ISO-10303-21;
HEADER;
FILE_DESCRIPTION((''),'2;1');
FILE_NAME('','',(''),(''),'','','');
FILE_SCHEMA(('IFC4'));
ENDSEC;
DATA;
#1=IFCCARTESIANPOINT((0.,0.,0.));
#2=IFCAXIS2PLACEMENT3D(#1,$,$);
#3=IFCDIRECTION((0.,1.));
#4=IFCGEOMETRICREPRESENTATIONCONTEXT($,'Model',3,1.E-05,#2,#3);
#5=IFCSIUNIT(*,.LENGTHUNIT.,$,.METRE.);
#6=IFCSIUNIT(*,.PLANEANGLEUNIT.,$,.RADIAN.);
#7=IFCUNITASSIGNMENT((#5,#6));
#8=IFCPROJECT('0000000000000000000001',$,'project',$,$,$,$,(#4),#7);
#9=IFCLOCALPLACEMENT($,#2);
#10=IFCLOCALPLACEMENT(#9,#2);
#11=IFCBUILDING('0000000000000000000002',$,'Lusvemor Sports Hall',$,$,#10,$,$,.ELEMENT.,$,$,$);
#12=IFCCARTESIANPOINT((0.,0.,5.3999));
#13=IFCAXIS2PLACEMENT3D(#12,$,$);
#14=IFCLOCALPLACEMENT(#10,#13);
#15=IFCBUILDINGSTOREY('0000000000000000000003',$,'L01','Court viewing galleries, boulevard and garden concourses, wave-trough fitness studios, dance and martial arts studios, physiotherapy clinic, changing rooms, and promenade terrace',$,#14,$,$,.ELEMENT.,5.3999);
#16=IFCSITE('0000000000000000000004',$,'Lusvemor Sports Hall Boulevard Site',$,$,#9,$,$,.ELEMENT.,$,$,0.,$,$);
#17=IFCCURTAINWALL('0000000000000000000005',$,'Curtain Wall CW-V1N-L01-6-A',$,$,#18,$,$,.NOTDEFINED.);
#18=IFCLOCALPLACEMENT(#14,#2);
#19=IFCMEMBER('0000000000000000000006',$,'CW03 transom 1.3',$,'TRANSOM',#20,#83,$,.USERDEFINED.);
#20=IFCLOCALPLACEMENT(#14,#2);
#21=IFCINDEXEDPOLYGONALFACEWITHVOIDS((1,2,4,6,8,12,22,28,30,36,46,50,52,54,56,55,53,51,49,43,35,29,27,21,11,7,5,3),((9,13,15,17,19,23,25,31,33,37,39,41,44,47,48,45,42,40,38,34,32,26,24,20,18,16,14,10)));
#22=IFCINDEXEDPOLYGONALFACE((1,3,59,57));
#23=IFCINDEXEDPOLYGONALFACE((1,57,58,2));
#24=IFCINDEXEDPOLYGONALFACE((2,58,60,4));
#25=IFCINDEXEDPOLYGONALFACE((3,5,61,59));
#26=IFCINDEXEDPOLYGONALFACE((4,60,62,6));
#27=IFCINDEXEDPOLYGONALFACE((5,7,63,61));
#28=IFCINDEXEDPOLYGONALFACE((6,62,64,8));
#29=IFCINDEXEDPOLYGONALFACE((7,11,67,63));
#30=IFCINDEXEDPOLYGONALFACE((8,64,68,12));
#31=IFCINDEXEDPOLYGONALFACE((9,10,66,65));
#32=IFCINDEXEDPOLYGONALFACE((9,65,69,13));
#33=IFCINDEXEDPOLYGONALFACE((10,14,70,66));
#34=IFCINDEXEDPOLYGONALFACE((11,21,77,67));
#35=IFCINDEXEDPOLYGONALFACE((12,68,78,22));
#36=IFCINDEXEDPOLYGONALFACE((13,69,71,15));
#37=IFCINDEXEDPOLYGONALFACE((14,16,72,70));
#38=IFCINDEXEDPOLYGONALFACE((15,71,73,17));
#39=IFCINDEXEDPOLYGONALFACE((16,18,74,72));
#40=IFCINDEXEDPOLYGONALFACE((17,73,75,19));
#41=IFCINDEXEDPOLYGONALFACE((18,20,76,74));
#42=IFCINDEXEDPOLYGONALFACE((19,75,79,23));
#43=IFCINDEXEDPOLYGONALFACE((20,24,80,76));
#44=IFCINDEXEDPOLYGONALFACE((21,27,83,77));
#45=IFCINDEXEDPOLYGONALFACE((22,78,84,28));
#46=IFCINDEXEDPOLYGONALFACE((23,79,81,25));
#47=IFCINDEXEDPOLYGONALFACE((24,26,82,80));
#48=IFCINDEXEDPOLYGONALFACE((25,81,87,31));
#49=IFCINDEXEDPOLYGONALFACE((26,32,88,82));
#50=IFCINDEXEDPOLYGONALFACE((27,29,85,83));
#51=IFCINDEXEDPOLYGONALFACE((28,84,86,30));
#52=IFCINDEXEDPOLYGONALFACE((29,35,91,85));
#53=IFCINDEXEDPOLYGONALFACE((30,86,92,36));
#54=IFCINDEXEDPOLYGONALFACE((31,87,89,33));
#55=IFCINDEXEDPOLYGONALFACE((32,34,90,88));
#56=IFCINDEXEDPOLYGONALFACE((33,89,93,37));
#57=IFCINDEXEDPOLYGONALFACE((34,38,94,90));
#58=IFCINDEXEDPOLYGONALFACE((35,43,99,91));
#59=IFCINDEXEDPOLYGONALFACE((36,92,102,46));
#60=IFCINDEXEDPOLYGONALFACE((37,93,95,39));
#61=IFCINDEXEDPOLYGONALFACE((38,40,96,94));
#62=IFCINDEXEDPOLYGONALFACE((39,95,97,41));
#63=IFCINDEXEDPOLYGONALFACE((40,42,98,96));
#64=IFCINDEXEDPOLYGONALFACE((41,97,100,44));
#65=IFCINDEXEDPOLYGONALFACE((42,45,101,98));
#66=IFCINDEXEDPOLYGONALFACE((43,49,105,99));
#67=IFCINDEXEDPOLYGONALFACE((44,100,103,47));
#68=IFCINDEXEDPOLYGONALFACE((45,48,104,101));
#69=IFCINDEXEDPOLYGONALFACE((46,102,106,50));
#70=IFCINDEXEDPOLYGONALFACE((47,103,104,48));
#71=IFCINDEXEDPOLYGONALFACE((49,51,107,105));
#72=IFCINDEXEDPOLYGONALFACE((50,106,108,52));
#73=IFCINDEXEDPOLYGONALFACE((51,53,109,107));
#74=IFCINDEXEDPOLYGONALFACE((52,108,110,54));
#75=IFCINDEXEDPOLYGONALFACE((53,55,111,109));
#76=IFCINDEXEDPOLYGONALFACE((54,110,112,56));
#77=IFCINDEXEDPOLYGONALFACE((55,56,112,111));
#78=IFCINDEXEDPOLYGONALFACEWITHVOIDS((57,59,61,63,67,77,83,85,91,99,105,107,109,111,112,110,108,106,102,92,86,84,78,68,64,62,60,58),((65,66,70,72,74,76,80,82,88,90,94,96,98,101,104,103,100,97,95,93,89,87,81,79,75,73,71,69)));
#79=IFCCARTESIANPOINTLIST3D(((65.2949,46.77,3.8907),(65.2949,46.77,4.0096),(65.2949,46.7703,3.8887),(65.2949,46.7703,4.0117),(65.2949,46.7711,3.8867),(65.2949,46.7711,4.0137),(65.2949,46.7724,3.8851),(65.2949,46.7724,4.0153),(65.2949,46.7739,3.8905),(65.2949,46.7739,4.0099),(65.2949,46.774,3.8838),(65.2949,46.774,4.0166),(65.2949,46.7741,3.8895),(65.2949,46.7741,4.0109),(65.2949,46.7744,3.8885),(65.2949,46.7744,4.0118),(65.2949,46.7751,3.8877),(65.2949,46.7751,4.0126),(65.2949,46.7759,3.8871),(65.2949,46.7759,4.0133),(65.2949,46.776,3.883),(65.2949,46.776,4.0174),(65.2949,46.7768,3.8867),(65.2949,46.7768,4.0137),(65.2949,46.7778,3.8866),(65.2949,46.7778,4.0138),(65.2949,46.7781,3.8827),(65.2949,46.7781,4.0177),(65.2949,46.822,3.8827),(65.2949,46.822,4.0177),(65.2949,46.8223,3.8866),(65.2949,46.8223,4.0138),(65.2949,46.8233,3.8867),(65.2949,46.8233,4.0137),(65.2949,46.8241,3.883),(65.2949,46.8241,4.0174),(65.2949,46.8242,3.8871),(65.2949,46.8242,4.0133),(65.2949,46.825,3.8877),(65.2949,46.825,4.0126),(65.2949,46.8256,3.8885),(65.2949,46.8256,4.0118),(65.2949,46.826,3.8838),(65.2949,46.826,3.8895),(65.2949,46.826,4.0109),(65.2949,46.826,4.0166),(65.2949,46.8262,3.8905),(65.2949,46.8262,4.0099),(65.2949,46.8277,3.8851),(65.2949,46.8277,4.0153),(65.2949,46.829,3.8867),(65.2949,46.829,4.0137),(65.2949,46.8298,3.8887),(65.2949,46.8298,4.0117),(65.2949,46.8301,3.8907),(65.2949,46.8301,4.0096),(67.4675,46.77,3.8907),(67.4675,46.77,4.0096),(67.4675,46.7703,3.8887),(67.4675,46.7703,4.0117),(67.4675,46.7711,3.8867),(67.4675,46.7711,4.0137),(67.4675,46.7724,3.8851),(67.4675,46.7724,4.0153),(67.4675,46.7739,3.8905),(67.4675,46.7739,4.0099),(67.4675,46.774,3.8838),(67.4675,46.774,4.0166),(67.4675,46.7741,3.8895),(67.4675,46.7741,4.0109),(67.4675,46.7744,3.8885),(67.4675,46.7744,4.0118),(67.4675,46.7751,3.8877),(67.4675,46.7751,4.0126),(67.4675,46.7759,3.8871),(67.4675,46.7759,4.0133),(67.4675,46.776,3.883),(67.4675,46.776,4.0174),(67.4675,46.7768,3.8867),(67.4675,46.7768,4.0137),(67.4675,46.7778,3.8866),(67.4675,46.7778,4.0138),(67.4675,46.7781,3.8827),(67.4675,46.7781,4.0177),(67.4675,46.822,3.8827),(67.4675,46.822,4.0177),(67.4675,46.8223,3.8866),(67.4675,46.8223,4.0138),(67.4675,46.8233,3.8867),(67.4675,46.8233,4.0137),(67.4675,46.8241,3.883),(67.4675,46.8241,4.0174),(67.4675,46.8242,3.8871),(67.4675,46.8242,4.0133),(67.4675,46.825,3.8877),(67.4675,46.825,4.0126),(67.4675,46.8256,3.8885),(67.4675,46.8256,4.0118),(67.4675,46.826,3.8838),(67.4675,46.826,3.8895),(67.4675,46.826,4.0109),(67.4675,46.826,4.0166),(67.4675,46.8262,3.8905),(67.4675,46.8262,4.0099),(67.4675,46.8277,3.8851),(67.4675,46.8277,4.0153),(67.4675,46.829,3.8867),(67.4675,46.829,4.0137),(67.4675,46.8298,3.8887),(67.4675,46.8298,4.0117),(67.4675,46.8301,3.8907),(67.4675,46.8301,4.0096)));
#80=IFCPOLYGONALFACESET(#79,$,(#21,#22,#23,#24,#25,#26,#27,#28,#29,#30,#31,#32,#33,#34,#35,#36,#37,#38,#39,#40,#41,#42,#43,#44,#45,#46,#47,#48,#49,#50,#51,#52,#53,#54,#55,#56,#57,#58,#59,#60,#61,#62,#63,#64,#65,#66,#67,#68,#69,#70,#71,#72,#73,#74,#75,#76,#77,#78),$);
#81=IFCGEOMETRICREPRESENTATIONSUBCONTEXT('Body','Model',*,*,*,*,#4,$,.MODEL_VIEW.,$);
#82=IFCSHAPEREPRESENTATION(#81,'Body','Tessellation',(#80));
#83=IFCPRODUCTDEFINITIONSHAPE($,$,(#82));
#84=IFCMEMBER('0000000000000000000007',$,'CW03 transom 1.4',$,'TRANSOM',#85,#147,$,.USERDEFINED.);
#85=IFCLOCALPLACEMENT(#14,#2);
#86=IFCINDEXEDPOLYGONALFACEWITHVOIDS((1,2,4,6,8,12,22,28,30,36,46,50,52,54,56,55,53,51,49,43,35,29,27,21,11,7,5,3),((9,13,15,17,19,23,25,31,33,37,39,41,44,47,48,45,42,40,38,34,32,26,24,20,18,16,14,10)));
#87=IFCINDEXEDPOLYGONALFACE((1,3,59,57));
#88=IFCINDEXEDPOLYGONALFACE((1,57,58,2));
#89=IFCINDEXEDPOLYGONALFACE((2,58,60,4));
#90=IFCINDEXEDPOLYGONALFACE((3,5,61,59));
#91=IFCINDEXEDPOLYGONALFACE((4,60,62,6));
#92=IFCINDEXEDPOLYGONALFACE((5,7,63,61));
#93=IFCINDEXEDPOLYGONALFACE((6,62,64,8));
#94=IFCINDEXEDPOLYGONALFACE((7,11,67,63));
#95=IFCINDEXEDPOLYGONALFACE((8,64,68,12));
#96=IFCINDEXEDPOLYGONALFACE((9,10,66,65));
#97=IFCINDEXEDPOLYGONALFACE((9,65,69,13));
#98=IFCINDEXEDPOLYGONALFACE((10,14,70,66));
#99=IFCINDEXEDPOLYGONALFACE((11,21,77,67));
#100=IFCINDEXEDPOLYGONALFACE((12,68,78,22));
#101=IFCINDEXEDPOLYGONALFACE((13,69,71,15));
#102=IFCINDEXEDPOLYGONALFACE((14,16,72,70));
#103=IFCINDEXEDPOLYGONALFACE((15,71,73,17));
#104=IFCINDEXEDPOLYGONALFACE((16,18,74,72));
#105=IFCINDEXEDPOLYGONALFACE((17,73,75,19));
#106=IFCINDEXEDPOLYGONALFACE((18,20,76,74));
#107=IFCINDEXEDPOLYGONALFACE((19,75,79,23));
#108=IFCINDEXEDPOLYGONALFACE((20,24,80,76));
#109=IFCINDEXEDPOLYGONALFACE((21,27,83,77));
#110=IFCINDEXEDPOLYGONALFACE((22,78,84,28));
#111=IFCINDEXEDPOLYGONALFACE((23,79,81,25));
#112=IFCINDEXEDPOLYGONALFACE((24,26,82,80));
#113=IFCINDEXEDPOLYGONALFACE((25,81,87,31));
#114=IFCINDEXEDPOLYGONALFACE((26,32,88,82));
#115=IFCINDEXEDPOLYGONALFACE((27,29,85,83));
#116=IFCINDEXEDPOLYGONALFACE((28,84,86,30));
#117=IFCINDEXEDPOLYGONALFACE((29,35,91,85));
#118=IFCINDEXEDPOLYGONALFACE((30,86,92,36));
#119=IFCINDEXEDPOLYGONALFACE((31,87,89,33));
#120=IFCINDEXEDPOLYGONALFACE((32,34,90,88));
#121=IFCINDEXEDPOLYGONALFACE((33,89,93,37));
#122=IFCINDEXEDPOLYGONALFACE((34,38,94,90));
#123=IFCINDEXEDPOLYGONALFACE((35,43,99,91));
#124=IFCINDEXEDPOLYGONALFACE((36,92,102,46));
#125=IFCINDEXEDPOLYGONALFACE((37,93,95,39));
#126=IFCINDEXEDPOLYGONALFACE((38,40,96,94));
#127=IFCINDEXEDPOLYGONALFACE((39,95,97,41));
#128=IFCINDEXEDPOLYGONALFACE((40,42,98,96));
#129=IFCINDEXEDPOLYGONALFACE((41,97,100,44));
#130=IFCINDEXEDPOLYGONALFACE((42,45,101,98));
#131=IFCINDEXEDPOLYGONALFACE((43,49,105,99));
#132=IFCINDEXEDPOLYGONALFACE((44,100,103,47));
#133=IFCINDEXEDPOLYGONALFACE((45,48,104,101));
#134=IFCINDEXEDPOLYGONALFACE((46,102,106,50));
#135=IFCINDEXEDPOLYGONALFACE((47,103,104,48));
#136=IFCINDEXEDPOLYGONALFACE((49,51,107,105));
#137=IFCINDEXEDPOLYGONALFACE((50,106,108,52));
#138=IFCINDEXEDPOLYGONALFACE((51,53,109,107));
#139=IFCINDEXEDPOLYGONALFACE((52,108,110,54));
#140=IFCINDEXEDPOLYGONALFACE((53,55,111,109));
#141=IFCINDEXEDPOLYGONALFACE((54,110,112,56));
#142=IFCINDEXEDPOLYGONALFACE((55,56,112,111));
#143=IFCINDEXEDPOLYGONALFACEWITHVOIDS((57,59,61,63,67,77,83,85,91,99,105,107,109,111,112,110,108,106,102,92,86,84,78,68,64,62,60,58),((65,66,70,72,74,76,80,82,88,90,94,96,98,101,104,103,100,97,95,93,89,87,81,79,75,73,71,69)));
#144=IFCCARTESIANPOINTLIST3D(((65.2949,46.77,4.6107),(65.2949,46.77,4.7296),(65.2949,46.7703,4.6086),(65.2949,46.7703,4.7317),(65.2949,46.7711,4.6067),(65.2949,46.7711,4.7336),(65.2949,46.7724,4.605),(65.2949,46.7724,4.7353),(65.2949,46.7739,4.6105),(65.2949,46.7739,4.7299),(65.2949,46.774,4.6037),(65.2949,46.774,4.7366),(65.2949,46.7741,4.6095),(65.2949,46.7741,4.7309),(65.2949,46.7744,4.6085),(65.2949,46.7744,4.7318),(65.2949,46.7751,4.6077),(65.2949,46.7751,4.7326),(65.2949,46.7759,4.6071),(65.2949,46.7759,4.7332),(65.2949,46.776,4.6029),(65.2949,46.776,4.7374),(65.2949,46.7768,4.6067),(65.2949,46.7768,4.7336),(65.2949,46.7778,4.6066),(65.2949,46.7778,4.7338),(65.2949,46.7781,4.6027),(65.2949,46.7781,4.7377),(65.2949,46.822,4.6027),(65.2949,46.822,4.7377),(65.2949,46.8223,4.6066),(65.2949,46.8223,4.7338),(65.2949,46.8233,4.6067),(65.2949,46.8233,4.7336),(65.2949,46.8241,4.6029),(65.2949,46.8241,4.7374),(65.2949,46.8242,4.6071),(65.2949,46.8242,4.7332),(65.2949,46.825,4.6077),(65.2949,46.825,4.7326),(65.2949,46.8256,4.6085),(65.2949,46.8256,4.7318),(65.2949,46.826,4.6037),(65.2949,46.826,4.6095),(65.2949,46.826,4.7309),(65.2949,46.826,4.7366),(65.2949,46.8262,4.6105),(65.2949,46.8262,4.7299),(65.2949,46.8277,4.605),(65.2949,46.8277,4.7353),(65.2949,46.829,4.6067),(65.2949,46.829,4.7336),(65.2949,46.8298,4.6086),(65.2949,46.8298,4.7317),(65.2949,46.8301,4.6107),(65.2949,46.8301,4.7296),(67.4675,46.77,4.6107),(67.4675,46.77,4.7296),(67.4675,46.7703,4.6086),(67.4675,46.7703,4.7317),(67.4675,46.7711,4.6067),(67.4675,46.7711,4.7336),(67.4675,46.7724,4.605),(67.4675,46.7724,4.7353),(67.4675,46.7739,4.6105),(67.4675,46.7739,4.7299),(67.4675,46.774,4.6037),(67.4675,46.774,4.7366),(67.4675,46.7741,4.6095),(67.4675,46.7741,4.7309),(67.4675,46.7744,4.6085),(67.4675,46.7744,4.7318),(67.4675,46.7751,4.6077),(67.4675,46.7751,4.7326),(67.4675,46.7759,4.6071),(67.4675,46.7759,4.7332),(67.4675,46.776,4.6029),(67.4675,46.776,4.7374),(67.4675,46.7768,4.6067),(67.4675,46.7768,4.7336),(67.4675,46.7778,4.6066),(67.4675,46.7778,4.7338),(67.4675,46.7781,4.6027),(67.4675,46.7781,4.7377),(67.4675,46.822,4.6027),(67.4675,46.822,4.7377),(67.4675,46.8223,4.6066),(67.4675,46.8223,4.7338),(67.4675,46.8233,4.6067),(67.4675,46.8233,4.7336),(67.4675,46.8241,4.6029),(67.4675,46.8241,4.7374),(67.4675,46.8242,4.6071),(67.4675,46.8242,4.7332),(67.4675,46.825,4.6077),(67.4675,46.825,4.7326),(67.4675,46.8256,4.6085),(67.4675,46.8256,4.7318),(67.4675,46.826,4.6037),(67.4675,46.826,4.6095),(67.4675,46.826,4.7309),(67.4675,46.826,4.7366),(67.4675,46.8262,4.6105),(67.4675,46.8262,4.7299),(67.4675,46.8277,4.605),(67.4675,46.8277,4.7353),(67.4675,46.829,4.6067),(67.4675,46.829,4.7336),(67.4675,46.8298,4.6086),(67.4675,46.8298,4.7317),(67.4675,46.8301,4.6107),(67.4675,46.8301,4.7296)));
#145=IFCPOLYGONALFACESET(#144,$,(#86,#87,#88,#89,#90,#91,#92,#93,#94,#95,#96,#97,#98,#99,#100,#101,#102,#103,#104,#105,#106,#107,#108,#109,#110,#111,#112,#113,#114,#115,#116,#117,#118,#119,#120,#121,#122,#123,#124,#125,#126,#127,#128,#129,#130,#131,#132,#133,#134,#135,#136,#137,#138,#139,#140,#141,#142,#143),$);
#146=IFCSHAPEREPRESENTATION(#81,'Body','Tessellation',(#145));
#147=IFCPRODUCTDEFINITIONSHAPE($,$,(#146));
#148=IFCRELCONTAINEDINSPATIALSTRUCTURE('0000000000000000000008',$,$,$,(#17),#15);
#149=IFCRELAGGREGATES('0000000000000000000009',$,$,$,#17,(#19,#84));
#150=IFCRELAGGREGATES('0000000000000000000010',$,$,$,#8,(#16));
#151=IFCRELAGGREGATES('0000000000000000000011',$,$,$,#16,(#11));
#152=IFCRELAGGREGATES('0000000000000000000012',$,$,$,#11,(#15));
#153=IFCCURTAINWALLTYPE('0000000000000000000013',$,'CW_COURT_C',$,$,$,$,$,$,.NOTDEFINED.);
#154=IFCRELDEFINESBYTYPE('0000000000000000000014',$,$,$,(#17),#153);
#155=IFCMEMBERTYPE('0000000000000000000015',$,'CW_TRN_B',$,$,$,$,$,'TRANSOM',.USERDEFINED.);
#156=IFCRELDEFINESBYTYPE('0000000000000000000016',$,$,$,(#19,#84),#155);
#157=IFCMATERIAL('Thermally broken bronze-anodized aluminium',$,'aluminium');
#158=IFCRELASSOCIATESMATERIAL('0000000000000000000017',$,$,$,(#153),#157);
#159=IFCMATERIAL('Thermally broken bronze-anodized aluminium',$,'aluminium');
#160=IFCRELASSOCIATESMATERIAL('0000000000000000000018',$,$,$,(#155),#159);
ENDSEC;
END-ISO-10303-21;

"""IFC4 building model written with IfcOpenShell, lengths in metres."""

from ifc_helpers import new_model, si_unit, direction, frame, origin, origin_2d, place, context, subcontext, project, spatial, hollow_rectangle, extrude, material, material_profile, profile_set, type_object, element, aggregate, save


model = new_model("IFC4")

# Units and contexts
model_context = context("Model", 3, precision=1e-05, world=origin(), true_north=direction((0.0, 1.0)))
body_context = subcontext(model_context, "Body", "Model", "MODEL_VIEW")
ifc_project = project(units=[si_unit("LENGTHUNIT", "METRE"), si_unit("PLANEANGLEUNIT", "RADIAN")], contexts=[model_context])

# Site, building, storey
site_placement = place(None, origin())
site = spatial("IfcSite", under=ifc_project, at=site_placement, Name="Lusvemor Sports Hall Boulevard Site", CompositionType="ELEMENT", RefElevation=0.0)
building_placement = place(site_placement, origin())
building = spatial("IfcBuilding", under=site, at=building_placement, Name="Lusvemor Sports Hall", CompositionType="ELEMENT")
storey_placement = place(building_placement, frame((0.0, 0.0, 5.3999)))
storey = spatial("IfcBuildingStorey", under=building, at=storey_placement, Name="L01", Description="Court viewing galleries, boulevard and garden concourses, wave-trough fitness studios, dance and martial arts studios, physiotherapy clinic, changing rooms, and promenade terrace", CompositionType="ELEMENT", Elevation=5.3999)

# Shared definitions
ifc_material_1 = material(Name="Thermally broken bronze-anodized aluminium", Category="aluminium")
curtain_wall_type = type_object("IfcCurtainWallType", Name="CW_COURT_C", PredefinedType="NOTDEFINED", material=ifc_material_1)

# Curtain wall, members
curtain_wall_1_placement = place(storey_placement, origin())
curtain_wall_1 = element("IfcCurtainWall", 1, at=curtain_wall_1_placement, inside=storey, type_object=curtain_wall_type, Name="Curtain Wall CW-V1N-L01-6-A", PredefinedType="NOTDEFINED")
ifc_material_2 = material(Name="Thermally broken bronze-anodized aluminium", Category="aluminium")
ifc_material_profile_1 = material_profile(ifc_material_2, hollow_rectangle(XDim=0.0601, YDim=0.135, WallThickness=0.0039, InnerFilletRadius=0.0039, OuterFilletRadius=0.0081, at=origin_2d()), Name="CWTRN135x60x4")
ifc_profile_set_1 = profile_set([ifc_material_profile_1], Name="Thermally broken bronze-anodized aluminium")
member_type_1 = type_object("IfcMemberType", Name="CW_TRN_B", ElementType="TRANSOM", PredefinedType="USERDEFINED", material=ifc_profile_set_1)
member_1_placement = place(storey_placement, frame((65.2949, 46.8, 3.9502), z_axis=(1.0, 0.0, 0.0), x_axis=(0.0, 1.0, 0.0)))
member_1 = element("IfcMember", 2, at=member_1_placement, type_object=member_type_1, Name="CW03 transom 1.3", ObjectType="TRANSOM", PredefinedType="USERDEFINED", context=body_context, shape_type="SweptSolid", body=[
    extrude(hollow_rectangle(XDim=0.0601, YDim=0.135, WallThickness=0.0039, InnerFilletRadius=0.0039, OuterFilletRadius=0.0081, at=origin_2d()), origin(), (0.0, 0.0, 1.0), 2.1726),
])
member_2_placement = place(storey_placement, frame((65.2949, 46.8, 4.6702), z_axis=(1.0, 0.0, 0.0), x_axis=(0.0, 1.0, 0.0)))
member_2 = element("IfcMember", 3, at=member_2_placement, type_object=member_type_1, Name="CW03 transom 1.4", ObjectType="TRANSOM", PredefinedType="USERDEFINED", context=body_context, shape_type="SweptSolid", body=[
    extrude(hollow_rectangle(XDim=0.0601, YDim=0.135, WallThickness=0.0039, InnerFilletRadius=0.0039, OuterFilletRadius=0.0081, at=origin_2d()), origin(), (0.0, 0.0, 1.0), 2.1726),
])

aggregate(curtain_wall_1, [member_1, member_2])

save(model, "model.ifc")
